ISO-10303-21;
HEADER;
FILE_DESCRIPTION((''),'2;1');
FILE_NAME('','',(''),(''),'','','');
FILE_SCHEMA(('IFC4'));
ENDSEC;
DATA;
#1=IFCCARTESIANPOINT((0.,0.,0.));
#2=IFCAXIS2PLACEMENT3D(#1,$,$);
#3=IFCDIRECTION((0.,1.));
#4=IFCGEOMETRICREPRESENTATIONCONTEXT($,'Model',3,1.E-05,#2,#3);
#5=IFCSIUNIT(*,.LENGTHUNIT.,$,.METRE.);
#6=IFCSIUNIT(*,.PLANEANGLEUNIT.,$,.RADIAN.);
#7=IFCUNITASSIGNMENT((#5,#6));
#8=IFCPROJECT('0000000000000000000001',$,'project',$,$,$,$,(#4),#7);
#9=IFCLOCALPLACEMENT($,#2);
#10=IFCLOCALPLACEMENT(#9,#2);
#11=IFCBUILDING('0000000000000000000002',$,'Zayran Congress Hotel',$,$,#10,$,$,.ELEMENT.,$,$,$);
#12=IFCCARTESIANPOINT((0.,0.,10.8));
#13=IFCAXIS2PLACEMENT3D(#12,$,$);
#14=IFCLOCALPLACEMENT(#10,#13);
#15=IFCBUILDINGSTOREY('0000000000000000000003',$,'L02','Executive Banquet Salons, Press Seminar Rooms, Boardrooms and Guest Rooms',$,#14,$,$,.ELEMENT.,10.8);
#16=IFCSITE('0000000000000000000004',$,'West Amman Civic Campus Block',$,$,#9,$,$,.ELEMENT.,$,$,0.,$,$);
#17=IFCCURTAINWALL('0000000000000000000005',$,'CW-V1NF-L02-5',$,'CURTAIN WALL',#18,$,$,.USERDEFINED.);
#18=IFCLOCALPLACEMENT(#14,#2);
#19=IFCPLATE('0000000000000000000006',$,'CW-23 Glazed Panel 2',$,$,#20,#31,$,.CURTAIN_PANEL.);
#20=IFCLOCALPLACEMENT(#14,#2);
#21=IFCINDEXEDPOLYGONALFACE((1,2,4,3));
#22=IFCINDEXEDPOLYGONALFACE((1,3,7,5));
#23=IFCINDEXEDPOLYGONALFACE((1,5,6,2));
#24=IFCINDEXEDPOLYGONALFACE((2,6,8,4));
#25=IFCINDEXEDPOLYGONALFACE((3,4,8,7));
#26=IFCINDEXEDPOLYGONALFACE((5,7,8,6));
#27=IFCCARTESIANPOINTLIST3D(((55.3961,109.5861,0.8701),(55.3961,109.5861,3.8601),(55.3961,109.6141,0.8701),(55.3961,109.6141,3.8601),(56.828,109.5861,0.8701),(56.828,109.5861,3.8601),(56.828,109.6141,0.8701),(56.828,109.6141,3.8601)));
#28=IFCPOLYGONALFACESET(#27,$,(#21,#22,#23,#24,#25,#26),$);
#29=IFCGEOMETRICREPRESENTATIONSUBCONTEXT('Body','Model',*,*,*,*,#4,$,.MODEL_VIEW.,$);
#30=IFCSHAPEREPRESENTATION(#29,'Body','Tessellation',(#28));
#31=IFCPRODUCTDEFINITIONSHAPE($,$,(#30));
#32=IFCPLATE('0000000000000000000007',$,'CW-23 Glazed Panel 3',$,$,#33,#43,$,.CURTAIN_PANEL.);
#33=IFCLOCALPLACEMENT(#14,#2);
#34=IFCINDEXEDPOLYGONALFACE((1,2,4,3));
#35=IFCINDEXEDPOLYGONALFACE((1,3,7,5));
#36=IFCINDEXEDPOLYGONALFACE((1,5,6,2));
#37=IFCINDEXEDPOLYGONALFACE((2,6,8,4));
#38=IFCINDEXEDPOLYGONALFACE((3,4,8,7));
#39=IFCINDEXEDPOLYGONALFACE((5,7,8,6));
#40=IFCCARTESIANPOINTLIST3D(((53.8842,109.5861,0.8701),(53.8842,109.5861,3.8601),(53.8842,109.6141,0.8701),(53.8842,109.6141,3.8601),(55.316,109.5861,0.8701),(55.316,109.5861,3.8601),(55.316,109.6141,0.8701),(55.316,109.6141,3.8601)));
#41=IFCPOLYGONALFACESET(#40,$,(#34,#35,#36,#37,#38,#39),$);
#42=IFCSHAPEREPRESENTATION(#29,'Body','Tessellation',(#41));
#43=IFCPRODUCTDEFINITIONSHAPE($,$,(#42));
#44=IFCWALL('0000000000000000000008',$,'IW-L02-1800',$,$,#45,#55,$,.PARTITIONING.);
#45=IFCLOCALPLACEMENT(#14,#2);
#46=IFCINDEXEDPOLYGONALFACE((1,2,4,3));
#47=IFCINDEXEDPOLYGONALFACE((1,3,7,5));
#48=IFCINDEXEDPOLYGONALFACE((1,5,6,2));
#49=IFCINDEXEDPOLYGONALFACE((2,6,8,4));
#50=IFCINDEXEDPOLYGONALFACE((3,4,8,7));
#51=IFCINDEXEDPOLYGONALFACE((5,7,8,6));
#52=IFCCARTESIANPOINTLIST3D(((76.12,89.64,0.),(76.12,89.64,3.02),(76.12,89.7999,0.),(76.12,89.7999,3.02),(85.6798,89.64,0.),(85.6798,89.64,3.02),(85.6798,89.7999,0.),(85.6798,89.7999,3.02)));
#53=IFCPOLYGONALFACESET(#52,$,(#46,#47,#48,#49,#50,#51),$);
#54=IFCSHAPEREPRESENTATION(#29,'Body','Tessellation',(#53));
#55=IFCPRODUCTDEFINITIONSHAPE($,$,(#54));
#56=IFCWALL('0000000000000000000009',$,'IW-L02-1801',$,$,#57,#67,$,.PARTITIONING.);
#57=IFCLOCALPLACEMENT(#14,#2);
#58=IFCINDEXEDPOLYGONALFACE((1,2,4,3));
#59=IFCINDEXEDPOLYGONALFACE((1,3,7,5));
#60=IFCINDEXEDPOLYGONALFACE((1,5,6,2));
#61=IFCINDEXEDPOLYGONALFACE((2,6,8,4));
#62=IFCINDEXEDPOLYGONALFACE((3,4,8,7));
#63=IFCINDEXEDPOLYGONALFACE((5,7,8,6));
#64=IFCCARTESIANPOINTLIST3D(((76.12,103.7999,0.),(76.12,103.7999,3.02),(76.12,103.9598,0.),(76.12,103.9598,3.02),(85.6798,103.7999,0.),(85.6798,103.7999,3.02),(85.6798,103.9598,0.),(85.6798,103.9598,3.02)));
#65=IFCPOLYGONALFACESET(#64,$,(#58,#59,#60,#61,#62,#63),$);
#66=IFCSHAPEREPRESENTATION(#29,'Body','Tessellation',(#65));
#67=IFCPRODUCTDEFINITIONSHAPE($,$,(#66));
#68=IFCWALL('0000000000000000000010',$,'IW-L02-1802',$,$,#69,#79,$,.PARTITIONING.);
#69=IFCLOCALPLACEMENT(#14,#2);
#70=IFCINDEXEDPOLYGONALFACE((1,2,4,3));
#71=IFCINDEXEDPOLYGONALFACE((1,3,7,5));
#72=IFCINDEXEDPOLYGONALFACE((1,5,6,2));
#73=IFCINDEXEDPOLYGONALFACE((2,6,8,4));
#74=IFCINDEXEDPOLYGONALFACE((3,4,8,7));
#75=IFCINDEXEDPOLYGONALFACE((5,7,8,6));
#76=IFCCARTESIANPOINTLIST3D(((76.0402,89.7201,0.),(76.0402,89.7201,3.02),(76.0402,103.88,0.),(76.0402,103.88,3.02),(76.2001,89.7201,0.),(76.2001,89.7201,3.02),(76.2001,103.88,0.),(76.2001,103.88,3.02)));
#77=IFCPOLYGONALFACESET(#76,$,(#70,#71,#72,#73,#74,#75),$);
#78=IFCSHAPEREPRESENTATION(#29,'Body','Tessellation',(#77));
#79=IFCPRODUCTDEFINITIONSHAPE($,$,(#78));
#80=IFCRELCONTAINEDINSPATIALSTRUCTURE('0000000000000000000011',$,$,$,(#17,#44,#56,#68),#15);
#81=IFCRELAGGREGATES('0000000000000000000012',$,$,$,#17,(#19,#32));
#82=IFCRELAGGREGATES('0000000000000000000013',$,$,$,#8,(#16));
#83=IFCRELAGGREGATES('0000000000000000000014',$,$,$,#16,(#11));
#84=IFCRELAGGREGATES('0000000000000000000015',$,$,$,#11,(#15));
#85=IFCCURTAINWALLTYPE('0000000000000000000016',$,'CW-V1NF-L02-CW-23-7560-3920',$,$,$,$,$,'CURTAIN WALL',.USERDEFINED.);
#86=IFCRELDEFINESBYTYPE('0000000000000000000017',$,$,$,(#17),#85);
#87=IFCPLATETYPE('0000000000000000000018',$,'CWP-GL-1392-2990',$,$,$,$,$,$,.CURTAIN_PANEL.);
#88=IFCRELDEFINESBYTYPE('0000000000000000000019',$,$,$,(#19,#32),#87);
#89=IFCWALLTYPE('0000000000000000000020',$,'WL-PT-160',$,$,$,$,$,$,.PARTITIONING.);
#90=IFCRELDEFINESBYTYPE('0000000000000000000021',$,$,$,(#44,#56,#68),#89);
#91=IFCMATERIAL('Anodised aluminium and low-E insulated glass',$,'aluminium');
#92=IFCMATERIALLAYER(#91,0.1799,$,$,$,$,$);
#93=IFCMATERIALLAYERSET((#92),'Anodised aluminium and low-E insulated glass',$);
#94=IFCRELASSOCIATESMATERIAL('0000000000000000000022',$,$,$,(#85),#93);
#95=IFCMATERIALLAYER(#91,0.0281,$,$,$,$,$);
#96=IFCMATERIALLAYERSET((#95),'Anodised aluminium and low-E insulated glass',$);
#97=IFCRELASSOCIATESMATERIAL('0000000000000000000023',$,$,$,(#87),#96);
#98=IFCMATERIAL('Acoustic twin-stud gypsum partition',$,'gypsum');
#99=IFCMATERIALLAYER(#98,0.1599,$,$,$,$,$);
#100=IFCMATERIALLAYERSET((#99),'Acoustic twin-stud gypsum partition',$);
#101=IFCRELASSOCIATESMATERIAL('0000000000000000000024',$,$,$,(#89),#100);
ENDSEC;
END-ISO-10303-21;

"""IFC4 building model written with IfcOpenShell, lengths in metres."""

from ifc_helpers import new_model, si_unit, direction, frame, frame_2d, origin, origin_2d, place, context, subcontext, project, spatial, rectangle, extrude, material, layer, layer_set, type_object, element, aggregate, save


model = new_model("IFC4")

# Units and contexts
model_context = context("Model", 3, precision=1e-05, world=origin(), true_north=direction((0.0, 1.0)))
body_context = subcontext(model_context, "Body", "Model", "MODEL_VIEW")
ifc_project = project(units=[si_unit("LENGTHUNIT", "METRE"), si_unit("PLANEANGLEUNIT", "RADIAN")], contexts=[model_context])

# Site, building, storey
site_placement = place(None, origin())
site = spatial("IfcSite", under=ifc_project, at=site_placement, Name="West Amman Civic Campus Block", CompositionType="ELEMENT", RefElevation=0.0)
building_placement = place(site_placement, origin())
building = spatial("IfcBuilding", under=site, at=building_placement, Name="Zayran Congress Hotel", CompositionType="ELEMENT")
storey_placement = place(building_placement, frame((0.0, 0.0, 10.8)))
storey = spatial("IfcBuildingStorey", under=building, at=storey_placement, Name="L02", Description="Executive Banquet Salons, Press Seminar Rooms, Boardrooms and Guest Rooms", CompositionType="ELEMENT", Elevation=10.8)

# Curtain wall, plates
ifc_material_1 = material(Name="Anodised aluminium and low-E insulated glass", Category="aluminium")
ifc_layer_1 = layer(ifc_material_1, 0.1799)
ifc_layer_set_1 = layer_set([ifc_layer_1], Name="Anodised aluminium and low-E insulated glass")
curtain_wall_type = type_object("IfcCurtainWallType", Name="CW-V1NF-L02-CW-23-7560-3920", ElementType="CURTAIN WALL", PredefinedType="USERDEFINED", material=ifc_layer_set_1)
curtain_wall_placement = place(storey_placement, origin())
curtain_wall = element("IfcCurtainWall", 1, at=curtain_wall_placement, inside=storey, type_object=curtain_wall_type, Name="CW-V1NF-L02-5", ObjectType="CURTAIN WALL", PredefinedType="USERDEFINED")
ifc_layer_2 = layer(ifc_material_1, 0.0281)
ifc_layer_set_2 = layer_set([ifc_layer_2], Name="Anodised aluminium and low-E insulated glass")
plate_type_1 = type_object("IfcPlateType", Name="CWP-GL-1392-2990", PredefinedType="CURTAIN_PANEL", material=ifc_layer_set_2)
plate_1_placement = place(storey_placement, frame((56.1121, 109.6001, 0.8701), z_axis=(0.0, 0.0, 1.0), x_axis=(1.0, 0.0, 0.0)))
plate_1 = element("IfcPlate", 2, at=plate_1_placement, type_object=plate_type_1, Name="CW-23 Glazed Panel 2", PredefinedType="CURTAIN_PANEL", context=body_context, shape_type="SweptSolid", body=[
    extrude(rectangle(XDim=1.4319, YDim=0.0281, at=origin_2d()), origin(), (0.0, 0.0, 1.0), 2.99),
])
plate_2_placement = place(storey_placement, frame((54.6001, 109.6001, 0.8701), z_axis=(0.0, 0.0, 1.0), x_axis=(1.0, 0.0, 0.0)))
plate_2 = element("IfcPlate", 3, at=plate_2_placement, type_object=plate_type_1, Name="CW-23 Glazed Panel 3", PredefinedType="CURTAIN_PANEL", context=body_context, shape_type="SweptSolid", body=[
    extrude(rectangle(XDim=1.4319, YDim=0.0281, at=origin_2d()), origin(), (0.0, 0.0, 1.0), 2.99),
])
aggregate(curtain_wall, [plate_1, plate_2])

# Walls
ifc_material_2 = material(Name="Acoustic twin-stud gypsum partition", Category="gypsum")
ifc_layer_3 = layer(ifc_material_2, 0.1599)
ifc_layer_set_3 = layer_set([ifc_layer_3], Name="Acoustic twin-stud gypsum partition")
wall_type = type_object("IfcWallType", Name="WL-PT-160", PredefinedType="PARTITIONING", material=ifc_layer_set_3)
for number, where, z_axis, x_axis, name in (
    (4, (76.1201, 89.72, 0.0), (0.0, 0.0, 1.0), (1.0, 0.0, 0.0), "IW-L02-1800"),
    (5, (76.1201, 103.8799, 0.0), (0.0, 0.0, 1.0), (1.0, 0.0, 0.0), "IW-L02-1801"),
):
    element("IfcWall", number, at=place(storey_placement, frame(where, z_axis=z_axis, x_axis=x_axis)), inside=storey, type_object=wall_type, Name=name, PredefinedType="PARTITIONING", context=body_context, shape_type="SweptSolid", body=[
        extrude(rectangle(XDim=9.5598, YDim=0.1599, at=frame_2d((4.7798, 0.0))), origin(), (0.0, 0.0, 1.0), 3.02),
    ])
wall_placement = place(storey_placement, frame((76.1201, 89.72, 0.0), z_axis=(0.0, 0.0, 1.0), x_axis=(0.0, 1.0, 0.0)))
element("IfcWall", 6, at=wall_placement, inside=storey, type_object=wall_type, Name="IW-L02-1802", PredefinedType="PARTITIONING", context=body_context, shape_type="SweptSolid", body=[
    extrude(rectangle(XDim=14.1599, YDim=0.1599, at=frame_2d((7.0801, 0.0))), origin(), (0.0, 0.0, 1.0), 3.02),
])

save(model, "model.ifc")
